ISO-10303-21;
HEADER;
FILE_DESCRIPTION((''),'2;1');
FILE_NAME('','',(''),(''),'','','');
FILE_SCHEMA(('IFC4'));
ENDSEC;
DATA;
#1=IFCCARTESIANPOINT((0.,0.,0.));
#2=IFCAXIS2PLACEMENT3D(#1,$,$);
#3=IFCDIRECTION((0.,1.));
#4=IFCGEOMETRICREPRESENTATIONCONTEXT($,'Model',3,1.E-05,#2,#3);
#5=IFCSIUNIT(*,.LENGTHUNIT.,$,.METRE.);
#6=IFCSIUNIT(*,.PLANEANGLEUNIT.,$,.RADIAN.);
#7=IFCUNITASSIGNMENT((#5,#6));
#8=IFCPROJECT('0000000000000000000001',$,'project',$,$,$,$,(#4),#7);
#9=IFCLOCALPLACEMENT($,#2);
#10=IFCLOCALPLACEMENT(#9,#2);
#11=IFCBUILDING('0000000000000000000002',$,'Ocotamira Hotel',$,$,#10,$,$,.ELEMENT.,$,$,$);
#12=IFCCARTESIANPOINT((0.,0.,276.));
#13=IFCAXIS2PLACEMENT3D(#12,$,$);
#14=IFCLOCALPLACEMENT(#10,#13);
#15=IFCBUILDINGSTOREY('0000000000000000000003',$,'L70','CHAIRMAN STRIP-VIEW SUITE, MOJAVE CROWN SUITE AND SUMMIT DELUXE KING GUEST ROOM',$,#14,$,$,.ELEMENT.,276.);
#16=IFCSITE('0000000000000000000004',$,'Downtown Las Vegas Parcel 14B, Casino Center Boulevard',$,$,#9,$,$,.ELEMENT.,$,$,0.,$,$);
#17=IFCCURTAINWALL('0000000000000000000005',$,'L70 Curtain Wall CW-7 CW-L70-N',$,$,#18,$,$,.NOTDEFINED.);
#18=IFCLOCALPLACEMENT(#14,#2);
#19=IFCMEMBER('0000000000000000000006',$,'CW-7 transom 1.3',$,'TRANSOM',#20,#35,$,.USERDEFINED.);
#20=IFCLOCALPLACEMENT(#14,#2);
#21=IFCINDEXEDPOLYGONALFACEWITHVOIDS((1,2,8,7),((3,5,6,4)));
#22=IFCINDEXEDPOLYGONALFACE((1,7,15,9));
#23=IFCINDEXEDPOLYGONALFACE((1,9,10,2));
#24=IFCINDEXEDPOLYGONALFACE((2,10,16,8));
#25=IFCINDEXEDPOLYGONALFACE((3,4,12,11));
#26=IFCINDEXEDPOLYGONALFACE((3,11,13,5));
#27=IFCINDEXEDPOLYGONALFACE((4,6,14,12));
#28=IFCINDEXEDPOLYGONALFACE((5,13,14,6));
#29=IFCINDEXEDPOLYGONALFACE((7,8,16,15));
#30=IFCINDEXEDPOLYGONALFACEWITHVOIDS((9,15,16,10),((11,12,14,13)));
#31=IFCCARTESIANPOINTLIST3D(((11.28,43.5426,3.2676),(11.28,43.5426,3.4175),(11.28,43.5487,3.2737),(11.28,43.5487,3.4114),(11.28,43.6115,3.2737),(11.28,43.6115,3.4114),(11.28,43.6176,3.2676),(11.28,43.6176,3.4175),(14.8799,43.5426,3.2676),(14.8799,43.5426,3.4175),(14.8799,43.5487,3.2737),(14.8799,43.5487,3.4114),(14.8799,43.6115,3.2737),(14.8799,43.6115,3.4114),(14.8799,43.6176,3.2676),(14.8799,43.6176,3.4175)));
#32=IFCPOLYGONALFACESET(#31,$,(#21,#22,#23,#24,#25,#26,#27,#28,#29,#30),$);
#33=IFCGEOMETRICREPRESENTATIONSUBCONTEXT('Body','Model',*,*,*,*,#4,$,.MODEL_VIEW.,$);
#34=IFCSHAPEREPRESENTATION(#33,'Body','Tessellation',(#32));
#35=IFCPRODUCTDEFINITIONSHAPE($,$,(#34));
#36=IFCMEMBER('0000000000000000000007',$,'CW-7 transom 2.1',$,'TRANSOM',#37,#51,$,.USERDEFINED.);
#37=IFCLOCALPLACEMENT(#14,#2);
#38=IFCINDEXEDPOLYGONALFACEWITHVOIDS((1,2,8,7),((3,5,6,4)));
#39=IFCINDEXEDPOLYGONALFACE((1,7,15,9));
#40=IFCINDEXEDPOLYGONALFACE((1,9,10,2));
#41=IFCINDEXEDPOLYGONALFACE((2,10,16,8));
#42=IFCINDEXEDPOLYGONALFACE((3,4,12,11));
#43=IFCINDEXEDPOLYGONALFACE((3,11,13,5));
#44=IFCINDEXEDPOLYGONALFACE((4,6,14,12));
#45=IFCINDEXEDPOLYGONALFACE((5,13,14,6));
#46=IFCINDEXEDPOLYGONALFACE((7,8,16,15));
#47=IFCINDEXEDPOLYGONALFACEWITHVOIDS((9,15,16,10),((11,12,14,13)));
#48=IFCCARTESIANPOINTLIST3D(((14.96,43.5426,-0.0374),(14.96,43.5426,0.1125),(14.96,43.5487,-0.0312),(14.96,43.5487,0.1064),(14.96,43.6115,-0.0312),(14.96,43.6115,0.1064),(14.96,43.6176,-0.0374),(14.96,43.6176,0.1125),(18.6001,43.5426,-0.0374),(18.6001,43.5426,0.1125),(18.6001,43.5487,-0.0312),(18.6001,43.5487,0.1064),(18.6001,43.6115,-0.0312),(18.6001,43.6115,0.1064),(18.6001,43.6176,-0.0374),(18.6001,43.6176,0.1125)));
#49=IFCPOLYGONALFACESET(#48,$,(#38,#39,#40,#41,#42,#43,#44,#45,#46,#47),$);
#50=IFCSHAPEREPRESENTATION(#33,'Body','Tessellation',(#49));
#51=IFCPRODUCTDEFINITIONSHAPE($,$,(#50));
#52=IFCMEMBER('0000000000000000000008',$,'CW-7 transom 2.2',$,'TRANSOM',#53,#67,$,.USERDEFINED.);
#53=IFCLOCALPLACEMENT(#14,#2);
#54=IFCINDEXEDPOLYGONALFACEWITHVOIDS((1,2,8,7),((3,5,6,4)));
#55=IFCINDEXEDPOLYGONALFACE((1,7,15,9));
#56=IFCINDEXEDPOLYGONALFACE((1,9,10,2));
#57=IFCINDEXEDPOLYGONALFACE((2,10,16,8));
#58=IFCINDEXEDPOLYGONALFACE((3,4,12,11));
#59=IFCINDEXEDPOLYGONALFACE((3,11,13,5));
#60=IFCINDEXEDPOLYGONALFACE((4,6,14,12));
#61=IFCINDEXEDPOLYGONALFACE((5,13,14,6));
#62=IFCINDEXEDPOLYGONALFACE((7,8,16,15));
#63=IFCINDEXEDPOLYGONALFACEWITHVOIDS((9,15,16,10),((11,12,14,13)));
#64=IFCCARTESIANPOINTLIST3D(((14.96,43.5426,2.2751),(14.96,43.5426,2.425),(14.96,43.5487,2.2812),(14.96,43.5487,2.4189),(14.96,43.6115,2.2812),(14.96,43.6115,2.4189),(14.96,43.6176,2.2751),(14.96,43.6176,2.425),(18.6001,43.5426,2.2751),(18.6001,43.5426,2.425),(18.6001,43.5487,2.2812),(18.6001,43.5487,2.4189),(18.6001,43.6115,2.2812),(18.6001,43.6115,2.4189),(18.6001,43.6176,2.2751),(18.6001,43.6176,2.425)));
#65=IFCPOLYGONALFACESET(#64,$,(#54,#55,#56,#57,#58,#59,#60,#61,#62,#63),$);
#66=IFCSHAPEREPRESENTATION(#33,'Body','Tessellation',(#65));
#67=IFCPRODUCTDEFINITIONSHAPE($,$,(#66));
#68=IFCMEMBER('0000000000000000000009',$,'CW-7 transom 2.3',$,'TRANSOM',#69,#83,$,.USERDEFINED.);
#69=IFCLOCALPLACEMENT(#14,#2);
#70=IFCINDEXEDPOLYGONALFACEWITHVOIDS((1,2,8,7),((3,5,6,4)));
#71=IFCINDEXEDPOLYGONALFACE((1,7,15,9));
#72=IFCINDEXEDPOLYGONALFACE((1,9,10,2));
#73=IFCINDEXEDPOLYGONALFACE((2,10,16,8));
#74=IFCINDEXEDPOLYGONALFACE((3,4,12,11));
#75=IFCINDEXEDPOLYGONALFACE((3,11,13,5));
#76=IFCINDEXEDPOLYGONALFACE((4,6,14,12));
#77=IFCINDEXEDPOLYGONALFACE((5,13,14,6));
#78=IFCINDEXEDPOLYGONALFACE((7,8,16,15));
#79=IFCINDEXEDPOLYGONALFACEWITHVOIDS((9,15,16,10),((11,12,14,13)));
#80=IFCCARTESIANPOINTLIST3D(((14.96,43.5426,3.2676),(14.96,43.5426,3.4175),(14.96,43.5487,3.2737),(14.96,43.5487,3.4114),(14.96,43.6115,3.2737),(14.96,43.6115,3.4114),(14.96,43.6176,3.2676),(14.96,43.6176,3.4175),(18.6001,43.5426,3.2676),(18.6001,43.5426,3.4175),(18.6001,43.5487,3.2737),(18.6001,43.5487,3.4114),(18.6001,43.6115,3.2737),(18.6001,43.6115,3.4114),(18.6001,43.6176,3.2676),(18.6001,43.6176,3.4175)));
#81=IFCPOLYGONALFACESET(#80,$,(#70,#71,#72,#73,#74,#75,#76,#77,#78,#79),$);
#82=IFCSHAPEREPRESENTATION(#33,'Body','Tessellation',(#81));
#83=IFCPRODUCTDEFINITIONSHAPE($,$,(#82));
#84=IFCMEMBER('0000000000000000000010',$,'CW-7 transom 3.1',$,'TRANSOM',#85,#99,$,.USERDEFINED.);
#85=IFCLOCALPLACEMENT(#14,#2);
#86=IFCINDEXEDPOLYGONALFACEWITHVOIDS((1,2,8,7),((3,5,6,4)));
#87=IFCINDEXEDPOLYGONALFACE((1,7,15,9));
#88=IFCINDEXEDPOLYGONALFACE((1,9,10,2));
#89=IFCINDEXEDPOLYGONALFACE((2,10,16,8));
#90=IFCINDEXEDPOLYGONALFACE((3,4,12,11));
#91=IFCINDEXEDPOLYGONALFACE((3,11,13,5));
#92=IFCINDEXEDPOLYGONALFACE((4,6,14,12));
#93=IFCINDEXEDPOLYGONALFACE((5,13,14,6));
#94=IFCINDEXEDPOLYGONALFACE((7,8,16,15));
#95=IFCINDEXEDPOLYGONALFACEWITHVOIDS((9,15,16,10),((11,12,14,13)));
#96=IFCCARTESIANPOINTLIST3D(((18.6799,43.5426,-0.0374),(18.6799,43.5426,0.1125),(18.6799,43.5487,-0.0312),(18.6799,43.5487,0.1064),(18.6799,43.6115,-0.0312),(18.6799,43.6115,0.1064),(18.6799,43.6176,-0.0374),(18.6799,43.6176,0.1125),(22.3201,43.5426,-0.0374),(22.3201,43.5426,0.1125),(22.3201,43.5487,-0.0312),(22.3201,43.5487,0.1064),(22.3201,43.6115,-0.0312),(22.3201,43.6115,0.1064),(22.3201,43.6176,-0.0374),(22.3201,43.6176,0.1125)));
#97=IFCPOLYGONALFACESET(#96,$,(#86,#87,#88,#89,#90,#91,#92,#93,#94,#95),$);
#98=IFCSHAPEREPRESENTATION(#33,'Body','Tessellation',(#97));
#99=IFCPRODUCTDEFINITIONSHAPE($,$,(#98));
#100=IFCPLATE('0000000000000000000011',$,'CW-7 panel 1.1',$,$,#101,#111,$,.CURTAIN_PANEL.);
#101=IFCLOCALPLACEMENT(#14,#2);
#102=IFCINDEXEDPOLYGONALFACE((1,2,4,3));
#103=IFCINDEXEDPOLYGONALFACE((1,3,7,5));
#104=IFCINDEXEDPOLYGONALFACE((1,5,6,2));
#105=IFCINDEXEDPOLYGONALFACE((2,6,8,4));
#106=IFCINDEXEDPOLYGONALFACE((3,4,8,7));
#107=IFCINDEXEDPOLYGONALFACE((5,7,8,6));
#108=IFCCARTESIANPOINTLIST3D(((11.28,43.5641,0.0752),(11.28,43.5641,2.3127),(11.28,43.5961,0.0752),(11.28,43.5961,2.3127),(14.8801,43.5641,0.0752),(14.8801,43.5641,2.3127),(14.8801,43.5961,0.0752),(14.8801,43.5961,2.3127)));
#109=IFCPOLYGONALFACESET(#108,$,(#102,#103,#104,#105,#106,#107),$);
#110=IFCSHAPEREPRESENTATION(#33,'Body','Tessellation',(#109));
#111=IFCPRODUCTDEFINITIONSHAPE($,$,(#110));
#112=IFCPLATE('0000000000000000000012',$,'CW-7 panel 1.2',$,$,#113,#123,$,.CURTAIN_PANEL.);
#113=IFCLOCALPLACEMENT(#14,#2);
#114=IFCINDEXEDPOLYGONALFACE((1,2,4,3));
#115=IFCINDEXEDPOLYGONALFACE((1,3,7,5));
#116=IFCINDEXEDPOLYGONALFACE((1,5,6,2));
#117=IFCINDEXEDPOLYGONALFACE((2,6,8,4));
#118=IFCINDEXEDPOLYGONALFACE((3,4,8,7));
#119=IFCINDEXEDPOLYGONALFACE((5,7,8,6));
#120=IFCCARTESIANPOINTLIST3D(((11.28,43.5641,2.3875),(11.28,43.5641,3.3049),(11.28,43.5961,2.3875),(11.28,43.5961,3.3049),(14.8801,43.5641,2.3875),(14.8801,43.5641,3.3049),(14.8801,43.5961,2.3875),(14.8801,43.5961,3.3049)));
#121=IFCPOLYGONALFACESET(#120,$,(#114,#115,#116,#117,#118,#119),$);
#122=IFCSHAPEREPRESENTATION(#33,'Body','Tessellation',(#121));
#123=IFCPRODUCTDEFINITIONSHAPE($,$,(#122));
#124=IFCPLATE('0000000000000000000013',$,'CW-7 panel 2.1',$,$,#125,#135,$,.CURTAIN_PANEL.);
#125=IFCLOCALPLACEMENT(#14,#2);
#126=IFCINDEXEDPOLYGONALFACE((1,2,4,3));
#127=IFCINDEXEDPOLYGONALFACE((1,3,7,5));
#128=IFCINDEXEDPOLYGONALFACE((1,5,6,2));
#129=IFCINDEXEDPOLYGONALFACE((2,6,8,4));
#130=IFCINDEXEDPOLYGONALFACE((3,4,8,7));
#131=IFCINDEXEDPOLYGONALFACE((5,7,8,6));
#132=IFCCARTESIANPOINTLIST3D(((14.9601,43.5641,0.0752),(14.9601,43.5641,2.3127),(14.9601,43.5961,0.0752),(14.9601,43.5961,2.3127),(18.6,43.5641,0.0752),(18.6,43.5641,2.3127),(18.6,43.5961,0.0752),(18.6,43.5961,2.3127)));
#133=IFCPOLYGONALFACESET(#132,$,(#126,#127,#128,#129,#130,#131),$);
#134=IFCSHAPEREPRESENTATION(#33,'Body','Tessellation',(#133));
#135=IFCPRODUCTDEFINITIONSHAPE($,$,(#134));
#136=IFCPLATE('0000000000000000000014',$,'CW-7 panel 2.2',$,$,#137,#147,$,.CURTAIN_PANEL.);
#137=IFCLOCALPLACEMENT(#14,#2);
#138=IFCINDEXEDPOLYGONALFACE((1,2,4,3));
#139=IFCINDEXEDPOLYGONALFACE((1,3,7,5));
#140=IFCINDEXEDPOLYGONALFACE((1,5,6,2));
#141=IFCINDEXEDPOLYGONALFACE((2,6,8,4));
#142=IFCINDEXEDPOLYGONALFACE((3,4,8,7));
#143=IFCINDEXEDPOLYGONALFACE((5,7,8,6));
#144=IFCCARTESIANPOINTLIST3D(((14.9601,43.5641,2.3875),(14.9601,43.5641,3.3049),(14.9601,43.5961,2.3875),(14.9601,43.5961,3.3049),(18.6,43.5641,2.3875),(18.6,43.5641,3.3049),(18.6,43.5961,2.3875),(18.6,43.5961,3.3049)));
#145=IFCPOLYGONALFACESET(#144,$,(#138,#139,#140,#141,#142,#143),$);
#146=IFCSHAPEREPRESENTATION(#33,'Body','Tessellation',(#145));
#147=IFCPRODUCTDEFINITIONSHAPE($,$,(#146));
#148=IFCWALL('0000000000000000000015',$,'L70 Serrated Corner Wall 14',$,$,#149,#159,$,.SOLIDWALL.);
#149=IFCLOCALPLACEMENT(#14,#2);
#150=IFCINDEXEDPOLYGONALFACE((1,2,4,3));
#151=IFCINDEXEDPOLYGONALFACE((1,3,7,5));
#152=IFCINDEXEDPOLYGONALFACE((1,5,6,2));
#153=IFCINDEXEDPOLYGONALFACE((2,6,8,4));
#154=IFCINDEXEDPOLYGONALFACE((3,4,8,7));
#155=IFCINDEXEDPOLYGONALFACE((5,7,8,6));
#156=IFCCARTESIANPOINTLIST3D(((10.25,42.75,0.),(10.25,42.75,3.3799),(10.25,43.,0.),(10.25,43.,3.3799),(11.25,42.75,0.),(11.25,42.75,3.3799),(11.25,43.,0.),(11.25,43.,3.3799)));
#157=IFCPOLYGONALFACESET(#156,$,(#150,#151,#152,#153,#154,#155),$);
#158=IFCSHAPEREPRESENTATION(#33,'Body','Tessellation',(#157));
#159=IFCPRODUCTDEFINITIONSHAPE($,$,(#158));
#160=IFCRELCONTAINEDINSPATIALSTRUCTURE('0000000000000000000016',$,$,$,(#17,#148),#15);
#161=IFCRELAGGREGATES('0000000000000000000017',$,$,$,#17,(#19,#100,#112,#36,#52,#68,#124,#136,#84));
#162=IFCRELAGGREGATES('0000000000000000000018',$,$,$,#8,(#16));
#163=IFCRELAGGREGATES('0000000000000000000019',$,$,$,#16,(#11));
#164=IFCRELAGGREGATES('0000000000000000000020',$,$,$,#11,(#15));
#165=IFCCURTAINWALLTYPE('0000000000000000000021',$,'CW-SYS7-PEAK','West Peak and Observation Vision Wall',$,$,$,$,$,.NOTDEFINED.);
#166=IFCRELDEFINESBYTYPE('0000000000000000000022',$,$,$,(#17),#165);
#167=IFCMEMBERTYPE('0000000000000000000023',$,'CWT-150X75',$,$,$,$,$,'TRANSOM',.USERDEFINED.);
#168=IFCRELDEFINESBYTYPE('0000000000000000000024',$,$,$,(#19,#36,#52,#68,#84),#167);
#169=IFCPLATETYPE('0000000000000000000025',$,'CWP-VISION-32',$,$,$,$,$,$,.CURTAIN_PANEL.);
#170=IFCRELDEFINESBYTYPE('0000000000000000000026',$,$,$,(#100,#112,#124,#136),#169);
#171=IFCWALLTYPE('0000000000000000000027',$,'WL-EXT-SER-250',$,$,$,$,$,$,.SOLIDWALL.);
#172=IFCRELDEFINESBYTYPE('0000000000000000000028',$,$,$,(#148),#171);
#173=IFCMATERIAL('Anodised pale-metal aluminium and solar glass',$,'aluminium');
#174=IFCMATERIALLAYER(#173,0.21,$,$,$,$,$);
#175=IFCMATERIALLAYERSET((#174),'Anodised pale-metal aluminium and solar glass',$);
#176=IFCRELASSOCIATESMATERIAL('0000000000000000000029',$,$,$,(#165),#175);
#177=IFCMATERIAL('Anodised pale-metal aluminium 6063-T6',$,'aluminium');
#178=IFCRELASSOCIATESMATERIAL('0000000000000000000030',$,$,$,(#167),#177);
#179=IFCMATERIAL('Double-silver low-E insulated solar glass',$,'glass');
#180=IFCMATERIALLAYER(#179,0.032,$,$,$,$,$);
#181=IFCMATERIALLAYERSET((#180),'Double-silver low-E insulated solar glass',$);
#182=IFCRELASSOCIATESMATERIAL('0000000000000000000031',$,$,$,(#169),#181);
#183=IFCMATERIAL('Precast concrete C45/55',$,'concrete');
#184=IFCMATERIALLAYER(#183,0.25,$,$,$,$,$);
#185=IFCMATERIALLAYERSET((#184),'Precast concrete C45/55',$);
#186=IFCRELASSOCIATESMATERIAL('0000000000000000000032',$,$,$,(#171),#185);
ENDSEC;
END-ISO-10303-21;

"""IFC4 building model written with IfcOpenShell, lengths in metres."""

from ifc_helpers import new_model, si_unit, direction, frame, frame_2d, origin, origin_2d, place, context, subcontext, project, spatial, rectangle, hollow_rectangle, extrude, source, transform, mapped, material, layer, layer_set, material_profile, profile_set, type_object, element, aggregate, save


model = new_model("IFC4")

# Units and contexts
model_context = context("Model", 3, precision=1e-05, world=origin(), true_north=direction((0.0, 1.0)))
body_context = subcontext(model_context, "Body", "Model", "MODEL_VIEW")
ifc_project = project(units=[si_unit("LENGTHUNIT", "METRE"), si_unit("PLANEANGLEUNIT", "RADIAN")], contexts=[model_context])

# Site, building, storey
site_placement = place(None, origin())
site = spatial("IfcSite", under=ifc_project, at=site_placement, Name="Downtown Las Vegas Parcel 14B, Casino Center Boulevard", CompositionType="ELEMENT", RefElevation=0.0)
building_placement = place(site_placement, origin())
building = spatial("IfcBuilding", under=site, at=building_placement, Name="Ocotamira Hotel", CompositionType="ELEMENT")
storey_placement = place(building_placement, frame((0.0, 0.0, 276.0)))
storey = spatial("IfcBuildingStorey", under=building, at=storey_placement, Name="L70", Description="CHAIRMAN STRIP-VIEW SUITE, MOJAVE CROWN SUITE AND SUMMIT DELUXE KING GUEST ROOM", CompositionType="ELEMENT", Elevation=276.0)

# Curtain wall, members, plates
ifc_material_1 = material(Name="Anodised pale-metal aluminium and solar glass", Category="aluminium")
ifc_layer_1 = layer(ifc_material_1, 0.21)
ifc_layer_set_1 = layer_set([ifc_layer_1], Name="Anodised pale-metal aluminium and solar glass")
curtain_wall_type = type_object("IfcCurtainWallType", Name="CW-SYS7-PEAK", Description="West Peak and Observation Vision Wall", PredefinedType="NOTDEFINED", material=ifc_layer_set_1)
curtain_wall_placement = place(storey_placement, origin())
curtain_wall = element("IfcCurtainWall", 1, at=curtain_wall_placement, inside=storey, type_object=curtain_wall_type, Name="L70 Curtain Wall CW-7 CW-L70-N", PredefinedType="NOTDEFINED")
ifc_material_2 = material(Name="Anodised pale-metal aluminium 6063-T6", Category="aluminium")
ifc_material_profile_1 = material_profile(ifc_material_2, hollow_rectangle(XDim=0.075, YDim=0.1499, WallThickness=0.0061, at=origin_2d()), Name="HSS150X75X6")
ifc_profile_set_1 = profile_set([ifc_material_profile_1], Name="Anodised pale-metal aluminium 6063-T6")
member_type_1 = type_object("IfcMemberType", Name="CWT-150X75", ElementType="TRANSOM", PredefinedType="USERDEFINED", material=ifc_profile_set_1)
shared_shape_1 = source(origin(), body_context, "Body", "SweptSolid", [
    extrude(hollow_rectangle(XDim=0.075, YDim=0.1499, WallThickness=0.0061, at=origin_2d()), origin(), (0.0, 0.0, 1.0), 3.5999),
])
member_1_placement = place(storey_placement, frame((11.28, 43.5801, 3.3425), z_axis=(1.0, 0.0, 0.0), x_axis=(0.0, 1.0, 0.0)))
member_1 = element("IfcMember", 2, at=member_1_placement, type_object=member_type_1, Name="CW-7 transom 1.3", ObjectType="TRANSOM", PredefinedType="USERDEFINED", context=body_context, shape_type="MappedRepresentation", body=[
    mapped(shared_shape_1, transform((0.0, 0.0, 0.0), scale=1.0)),
])
shared_shape_2 = source(origin(), body_context, "Body", "SweptSolid", [
    extrude(hollow_rectangle(XDim=0.075, YDim=0.1499, WallThickness=0.0061, at=origin_2d()), origin(), (0.0, 0.0, 1.0), 3.6401),
])
member_2_placement = place(storey_placement, frame((14.96, 43.5801, 0.0376), z_axis=(1.0, 0.0, 0.0), x_axis=(0.0, 1.0, 0.0)))
member_2 = element("IfcMember", 3, at=member_2_placement, type_object=member_type_1, Name="CW-7 transom 2.1", ObjectType="TRANSOM", PredefinedType="USERDEFINED", context=body_context, shape_type="MappedRepresentation", body=[
    mapped(shared_shape_2, transform((0.0, 0.0, 0.0), scale=1.0)),
])
member_3_placement = place(storey_placement, frame((14.96, 43.5801, 2.3501), z_axis=(1.0, 0.0, 0.0), x_axis=(0.0, 1.0, 0.0)))
member_3 = element("IfcMember", 4, at=member_3_placement, type_object=member_type_1, Name="CW-7 transom 2.2", ObjectType="TRANSOM", PredefinedType="USERDEFINED", context=body_context, shape_type="MappedRepresentation", body=[
    mapped(shared_shape_2, transform((0.0, 0.0, 0.0), scale=1.0)),
])
member_4_placement = place(storey_placement, frame((14.96, 43.5801, 3.3425), z_axis=(1.0, 0.0, 0.0), x_axis=(0.0, 1.0, 0.0)))
member_4 = element("IfcMember", 5, at=member_4_placement, type_object=member_type_1, Name="CW-7 transom 2.3", ObjectType="TRANSOM", PredefinedType="USERDEFINED", context=body_context, shape_type="MappedRepresentation", body=[
    mapped(shared_shape_2, transform((0.0, 0.0, 0.0), scale=1.0)),
])
member_5_placement = place(storey_placement, frame((18.6799, 43.5801, 0.0376), z_axis=(1.0, 0.0, 0.0), x_axis=(0.0, 1.0, 0.0)))
member_5 = element("IfcMember", 6, at=member_5_placement, type_object=member_type_1, Name="CW-7 transom 3.1", ObjectType="TRANSOM", PredefinedType="USERDEFINED", context=body_context, shape_type="MappedRepresentation", body=[
    mapped(shared_shape_2, transform((0.0, 0.0, 0.0), scale=1.0)),
])
ifc_material_3 = material(Name="Double-silver low-E insulated solar glass", Category="glass")
ifc_layer_2 = layer(ifc_material_3, 0.032)
ifc_layer_set_2 = layer_set([ifc_layer_2], Name="Double-silver low-E insulated solar glass")
plate_type = type_object("IfcPlateType", Name="CWP-VISION-32", PredefinedType="CURTAIN_PANEL", material=ifc_layer_set_2)
shared_shape_3 = source(origin(), body_context, "Body", "SweptSolid", [
    extrude(rectangle(XDim=3.6001, YDim=0.032, at=origin_2d()), origin(), (0.0, 0.0, 1.0), 2.2375),
])
plate_1_placement = place(storey_placement, frame((13.0801, 43.5801, 0.0752), z_axis=(0.0, 0.0, 1.0), x_axis=(1.0, 0.0, 0.0)))
plate_1 = element("IfcPlate", 7, at=plate_1_placement, type_object=plate_type, Name="CW-7 panel 1.1", PredefinedType="CURTAIN_PANEL", context=body_context, shape_type="MappedRepresentation", body=[
    mapped(shared_shape_3, transform((0.0, 0.0, 0.0), scale=1.0)),
])
shared_shape_4 = source(origin(), body_context, "Body", "SweptSolid", [
    extrude(rectangle(XDim=3.6001, YDim=0.032, at=origin_2d()), origin(), (0.0, 0.0, 1.0), 0.9175),
])
plate_2_placement = place(storey_placement, frame((13.0801, 43.5801, 2.3875), z_axis=(0.0, 0.0, 1.0), x_axis=(1.0, 0.0, 0.0)))
plate_2 = element("IfcPlate", 8, at=plate_2_placement, type_object=plate_type, Name="CW-7 panel 1.2", PredefinedType="CURTAIN_PANEL", context=body_context, shape_type="MappedRepresentation", body=[
    mapped(shared_shape_4, transform((0.0, 0.0, 0.0), scale=1.0)),
])
shared_shape_5 = source(origin(), body_context, "Body", "SweptSolid", [
    extrude(rectangle(XDim=3.6399, YDim=0.032, at=origin_2d()), origin(), (0.0, 0.0, 1.0), 2.2375),
])
plate_3_placement = place(storey_placement, frame((16.78, 43.5801, 0.0752), z_axis=(0.0, 0.0, 1.0), x_axis=(1.0, 0.0, 0.0)))
plate_3 = element("IfcPlate", 9, at=plate_3_placement, type_object=plate_type, Name="CW-7 panel 2.1", PredefinedType="CURTAIN_PANEL", context=body_context, shape_type="MappedRepresentation", body=[
    mapped(shared_shape_5, transform((0.0, 0.0, 0.0), scale=1.0)),
])
shared_shape_6 = source(origin(), body_context, "Body", "SweptSolid", [
    extrude(rectangle(XDim=3.6399, YDim=0.032, at=origin_2d()), origin(), (0.0, 0.0, 1.0), 0.9175),
])
plate_4_placement = place(storey_placement, frame((16.78, 43.5801, 2.3875), z_axis=(0.0, 0.0, 1.0), x_axis=(1.0, 0.0, 0.0)))
plate_4 = element("IfcPlate", 10, at=plate_4_placement, type_object=plate_type, Name="CW-7 panel 2.2", PredefinedType="CURTAIN_PANEL", context=body_context, shape_type="MappedRepresentation", body=[
    mapped(shared_shape_6, transform((0.0, 0.0, 0.0), scale=1.0)),
])
aggregate(curtain_wall, [member_1, plate_1, plate_2, member_2, member_3, member_4, plate_3, plate_4, member_5])

# Wall
ifc_material_4 = material(Name="Precast concrete C45/55", Category="concrete")
ifc_layer_3 = layer(ifc_material_4, 0.25)
ifc_layer_set_3 = layer_set([ifc_layer_3], Name="Precast concrete C45/55")
wall_type_1 = type_object("IfcWallType", Name="WL-EXT-SER-250", PredefinedType="SOLIDWALL", material=ifc_layer_set_3)
wall_1_placement = place(storey_placement, frame((11.25, 42.875, 0.0), z_axis=(0.0, 0.0, 1.0), x_axis=(-1.0, 0.0, 0.0)))
element("IfcWall", 11, at=wall_1_placement, inside=storey, type_object=wall_type_1, Name="L70 Serrated Corner Wall 14", PredefinedType="SOLIDWALL", context=body_context, shape_type="SweptSolid", body=[
    extrude(rectangle(XDim=1.0, YDim=0.25, at=frame_2d((0.5, 0.0))), origin(), (0.0, 0.0, 1.0), 3.3799),
])

save(model, "model.ifc")
